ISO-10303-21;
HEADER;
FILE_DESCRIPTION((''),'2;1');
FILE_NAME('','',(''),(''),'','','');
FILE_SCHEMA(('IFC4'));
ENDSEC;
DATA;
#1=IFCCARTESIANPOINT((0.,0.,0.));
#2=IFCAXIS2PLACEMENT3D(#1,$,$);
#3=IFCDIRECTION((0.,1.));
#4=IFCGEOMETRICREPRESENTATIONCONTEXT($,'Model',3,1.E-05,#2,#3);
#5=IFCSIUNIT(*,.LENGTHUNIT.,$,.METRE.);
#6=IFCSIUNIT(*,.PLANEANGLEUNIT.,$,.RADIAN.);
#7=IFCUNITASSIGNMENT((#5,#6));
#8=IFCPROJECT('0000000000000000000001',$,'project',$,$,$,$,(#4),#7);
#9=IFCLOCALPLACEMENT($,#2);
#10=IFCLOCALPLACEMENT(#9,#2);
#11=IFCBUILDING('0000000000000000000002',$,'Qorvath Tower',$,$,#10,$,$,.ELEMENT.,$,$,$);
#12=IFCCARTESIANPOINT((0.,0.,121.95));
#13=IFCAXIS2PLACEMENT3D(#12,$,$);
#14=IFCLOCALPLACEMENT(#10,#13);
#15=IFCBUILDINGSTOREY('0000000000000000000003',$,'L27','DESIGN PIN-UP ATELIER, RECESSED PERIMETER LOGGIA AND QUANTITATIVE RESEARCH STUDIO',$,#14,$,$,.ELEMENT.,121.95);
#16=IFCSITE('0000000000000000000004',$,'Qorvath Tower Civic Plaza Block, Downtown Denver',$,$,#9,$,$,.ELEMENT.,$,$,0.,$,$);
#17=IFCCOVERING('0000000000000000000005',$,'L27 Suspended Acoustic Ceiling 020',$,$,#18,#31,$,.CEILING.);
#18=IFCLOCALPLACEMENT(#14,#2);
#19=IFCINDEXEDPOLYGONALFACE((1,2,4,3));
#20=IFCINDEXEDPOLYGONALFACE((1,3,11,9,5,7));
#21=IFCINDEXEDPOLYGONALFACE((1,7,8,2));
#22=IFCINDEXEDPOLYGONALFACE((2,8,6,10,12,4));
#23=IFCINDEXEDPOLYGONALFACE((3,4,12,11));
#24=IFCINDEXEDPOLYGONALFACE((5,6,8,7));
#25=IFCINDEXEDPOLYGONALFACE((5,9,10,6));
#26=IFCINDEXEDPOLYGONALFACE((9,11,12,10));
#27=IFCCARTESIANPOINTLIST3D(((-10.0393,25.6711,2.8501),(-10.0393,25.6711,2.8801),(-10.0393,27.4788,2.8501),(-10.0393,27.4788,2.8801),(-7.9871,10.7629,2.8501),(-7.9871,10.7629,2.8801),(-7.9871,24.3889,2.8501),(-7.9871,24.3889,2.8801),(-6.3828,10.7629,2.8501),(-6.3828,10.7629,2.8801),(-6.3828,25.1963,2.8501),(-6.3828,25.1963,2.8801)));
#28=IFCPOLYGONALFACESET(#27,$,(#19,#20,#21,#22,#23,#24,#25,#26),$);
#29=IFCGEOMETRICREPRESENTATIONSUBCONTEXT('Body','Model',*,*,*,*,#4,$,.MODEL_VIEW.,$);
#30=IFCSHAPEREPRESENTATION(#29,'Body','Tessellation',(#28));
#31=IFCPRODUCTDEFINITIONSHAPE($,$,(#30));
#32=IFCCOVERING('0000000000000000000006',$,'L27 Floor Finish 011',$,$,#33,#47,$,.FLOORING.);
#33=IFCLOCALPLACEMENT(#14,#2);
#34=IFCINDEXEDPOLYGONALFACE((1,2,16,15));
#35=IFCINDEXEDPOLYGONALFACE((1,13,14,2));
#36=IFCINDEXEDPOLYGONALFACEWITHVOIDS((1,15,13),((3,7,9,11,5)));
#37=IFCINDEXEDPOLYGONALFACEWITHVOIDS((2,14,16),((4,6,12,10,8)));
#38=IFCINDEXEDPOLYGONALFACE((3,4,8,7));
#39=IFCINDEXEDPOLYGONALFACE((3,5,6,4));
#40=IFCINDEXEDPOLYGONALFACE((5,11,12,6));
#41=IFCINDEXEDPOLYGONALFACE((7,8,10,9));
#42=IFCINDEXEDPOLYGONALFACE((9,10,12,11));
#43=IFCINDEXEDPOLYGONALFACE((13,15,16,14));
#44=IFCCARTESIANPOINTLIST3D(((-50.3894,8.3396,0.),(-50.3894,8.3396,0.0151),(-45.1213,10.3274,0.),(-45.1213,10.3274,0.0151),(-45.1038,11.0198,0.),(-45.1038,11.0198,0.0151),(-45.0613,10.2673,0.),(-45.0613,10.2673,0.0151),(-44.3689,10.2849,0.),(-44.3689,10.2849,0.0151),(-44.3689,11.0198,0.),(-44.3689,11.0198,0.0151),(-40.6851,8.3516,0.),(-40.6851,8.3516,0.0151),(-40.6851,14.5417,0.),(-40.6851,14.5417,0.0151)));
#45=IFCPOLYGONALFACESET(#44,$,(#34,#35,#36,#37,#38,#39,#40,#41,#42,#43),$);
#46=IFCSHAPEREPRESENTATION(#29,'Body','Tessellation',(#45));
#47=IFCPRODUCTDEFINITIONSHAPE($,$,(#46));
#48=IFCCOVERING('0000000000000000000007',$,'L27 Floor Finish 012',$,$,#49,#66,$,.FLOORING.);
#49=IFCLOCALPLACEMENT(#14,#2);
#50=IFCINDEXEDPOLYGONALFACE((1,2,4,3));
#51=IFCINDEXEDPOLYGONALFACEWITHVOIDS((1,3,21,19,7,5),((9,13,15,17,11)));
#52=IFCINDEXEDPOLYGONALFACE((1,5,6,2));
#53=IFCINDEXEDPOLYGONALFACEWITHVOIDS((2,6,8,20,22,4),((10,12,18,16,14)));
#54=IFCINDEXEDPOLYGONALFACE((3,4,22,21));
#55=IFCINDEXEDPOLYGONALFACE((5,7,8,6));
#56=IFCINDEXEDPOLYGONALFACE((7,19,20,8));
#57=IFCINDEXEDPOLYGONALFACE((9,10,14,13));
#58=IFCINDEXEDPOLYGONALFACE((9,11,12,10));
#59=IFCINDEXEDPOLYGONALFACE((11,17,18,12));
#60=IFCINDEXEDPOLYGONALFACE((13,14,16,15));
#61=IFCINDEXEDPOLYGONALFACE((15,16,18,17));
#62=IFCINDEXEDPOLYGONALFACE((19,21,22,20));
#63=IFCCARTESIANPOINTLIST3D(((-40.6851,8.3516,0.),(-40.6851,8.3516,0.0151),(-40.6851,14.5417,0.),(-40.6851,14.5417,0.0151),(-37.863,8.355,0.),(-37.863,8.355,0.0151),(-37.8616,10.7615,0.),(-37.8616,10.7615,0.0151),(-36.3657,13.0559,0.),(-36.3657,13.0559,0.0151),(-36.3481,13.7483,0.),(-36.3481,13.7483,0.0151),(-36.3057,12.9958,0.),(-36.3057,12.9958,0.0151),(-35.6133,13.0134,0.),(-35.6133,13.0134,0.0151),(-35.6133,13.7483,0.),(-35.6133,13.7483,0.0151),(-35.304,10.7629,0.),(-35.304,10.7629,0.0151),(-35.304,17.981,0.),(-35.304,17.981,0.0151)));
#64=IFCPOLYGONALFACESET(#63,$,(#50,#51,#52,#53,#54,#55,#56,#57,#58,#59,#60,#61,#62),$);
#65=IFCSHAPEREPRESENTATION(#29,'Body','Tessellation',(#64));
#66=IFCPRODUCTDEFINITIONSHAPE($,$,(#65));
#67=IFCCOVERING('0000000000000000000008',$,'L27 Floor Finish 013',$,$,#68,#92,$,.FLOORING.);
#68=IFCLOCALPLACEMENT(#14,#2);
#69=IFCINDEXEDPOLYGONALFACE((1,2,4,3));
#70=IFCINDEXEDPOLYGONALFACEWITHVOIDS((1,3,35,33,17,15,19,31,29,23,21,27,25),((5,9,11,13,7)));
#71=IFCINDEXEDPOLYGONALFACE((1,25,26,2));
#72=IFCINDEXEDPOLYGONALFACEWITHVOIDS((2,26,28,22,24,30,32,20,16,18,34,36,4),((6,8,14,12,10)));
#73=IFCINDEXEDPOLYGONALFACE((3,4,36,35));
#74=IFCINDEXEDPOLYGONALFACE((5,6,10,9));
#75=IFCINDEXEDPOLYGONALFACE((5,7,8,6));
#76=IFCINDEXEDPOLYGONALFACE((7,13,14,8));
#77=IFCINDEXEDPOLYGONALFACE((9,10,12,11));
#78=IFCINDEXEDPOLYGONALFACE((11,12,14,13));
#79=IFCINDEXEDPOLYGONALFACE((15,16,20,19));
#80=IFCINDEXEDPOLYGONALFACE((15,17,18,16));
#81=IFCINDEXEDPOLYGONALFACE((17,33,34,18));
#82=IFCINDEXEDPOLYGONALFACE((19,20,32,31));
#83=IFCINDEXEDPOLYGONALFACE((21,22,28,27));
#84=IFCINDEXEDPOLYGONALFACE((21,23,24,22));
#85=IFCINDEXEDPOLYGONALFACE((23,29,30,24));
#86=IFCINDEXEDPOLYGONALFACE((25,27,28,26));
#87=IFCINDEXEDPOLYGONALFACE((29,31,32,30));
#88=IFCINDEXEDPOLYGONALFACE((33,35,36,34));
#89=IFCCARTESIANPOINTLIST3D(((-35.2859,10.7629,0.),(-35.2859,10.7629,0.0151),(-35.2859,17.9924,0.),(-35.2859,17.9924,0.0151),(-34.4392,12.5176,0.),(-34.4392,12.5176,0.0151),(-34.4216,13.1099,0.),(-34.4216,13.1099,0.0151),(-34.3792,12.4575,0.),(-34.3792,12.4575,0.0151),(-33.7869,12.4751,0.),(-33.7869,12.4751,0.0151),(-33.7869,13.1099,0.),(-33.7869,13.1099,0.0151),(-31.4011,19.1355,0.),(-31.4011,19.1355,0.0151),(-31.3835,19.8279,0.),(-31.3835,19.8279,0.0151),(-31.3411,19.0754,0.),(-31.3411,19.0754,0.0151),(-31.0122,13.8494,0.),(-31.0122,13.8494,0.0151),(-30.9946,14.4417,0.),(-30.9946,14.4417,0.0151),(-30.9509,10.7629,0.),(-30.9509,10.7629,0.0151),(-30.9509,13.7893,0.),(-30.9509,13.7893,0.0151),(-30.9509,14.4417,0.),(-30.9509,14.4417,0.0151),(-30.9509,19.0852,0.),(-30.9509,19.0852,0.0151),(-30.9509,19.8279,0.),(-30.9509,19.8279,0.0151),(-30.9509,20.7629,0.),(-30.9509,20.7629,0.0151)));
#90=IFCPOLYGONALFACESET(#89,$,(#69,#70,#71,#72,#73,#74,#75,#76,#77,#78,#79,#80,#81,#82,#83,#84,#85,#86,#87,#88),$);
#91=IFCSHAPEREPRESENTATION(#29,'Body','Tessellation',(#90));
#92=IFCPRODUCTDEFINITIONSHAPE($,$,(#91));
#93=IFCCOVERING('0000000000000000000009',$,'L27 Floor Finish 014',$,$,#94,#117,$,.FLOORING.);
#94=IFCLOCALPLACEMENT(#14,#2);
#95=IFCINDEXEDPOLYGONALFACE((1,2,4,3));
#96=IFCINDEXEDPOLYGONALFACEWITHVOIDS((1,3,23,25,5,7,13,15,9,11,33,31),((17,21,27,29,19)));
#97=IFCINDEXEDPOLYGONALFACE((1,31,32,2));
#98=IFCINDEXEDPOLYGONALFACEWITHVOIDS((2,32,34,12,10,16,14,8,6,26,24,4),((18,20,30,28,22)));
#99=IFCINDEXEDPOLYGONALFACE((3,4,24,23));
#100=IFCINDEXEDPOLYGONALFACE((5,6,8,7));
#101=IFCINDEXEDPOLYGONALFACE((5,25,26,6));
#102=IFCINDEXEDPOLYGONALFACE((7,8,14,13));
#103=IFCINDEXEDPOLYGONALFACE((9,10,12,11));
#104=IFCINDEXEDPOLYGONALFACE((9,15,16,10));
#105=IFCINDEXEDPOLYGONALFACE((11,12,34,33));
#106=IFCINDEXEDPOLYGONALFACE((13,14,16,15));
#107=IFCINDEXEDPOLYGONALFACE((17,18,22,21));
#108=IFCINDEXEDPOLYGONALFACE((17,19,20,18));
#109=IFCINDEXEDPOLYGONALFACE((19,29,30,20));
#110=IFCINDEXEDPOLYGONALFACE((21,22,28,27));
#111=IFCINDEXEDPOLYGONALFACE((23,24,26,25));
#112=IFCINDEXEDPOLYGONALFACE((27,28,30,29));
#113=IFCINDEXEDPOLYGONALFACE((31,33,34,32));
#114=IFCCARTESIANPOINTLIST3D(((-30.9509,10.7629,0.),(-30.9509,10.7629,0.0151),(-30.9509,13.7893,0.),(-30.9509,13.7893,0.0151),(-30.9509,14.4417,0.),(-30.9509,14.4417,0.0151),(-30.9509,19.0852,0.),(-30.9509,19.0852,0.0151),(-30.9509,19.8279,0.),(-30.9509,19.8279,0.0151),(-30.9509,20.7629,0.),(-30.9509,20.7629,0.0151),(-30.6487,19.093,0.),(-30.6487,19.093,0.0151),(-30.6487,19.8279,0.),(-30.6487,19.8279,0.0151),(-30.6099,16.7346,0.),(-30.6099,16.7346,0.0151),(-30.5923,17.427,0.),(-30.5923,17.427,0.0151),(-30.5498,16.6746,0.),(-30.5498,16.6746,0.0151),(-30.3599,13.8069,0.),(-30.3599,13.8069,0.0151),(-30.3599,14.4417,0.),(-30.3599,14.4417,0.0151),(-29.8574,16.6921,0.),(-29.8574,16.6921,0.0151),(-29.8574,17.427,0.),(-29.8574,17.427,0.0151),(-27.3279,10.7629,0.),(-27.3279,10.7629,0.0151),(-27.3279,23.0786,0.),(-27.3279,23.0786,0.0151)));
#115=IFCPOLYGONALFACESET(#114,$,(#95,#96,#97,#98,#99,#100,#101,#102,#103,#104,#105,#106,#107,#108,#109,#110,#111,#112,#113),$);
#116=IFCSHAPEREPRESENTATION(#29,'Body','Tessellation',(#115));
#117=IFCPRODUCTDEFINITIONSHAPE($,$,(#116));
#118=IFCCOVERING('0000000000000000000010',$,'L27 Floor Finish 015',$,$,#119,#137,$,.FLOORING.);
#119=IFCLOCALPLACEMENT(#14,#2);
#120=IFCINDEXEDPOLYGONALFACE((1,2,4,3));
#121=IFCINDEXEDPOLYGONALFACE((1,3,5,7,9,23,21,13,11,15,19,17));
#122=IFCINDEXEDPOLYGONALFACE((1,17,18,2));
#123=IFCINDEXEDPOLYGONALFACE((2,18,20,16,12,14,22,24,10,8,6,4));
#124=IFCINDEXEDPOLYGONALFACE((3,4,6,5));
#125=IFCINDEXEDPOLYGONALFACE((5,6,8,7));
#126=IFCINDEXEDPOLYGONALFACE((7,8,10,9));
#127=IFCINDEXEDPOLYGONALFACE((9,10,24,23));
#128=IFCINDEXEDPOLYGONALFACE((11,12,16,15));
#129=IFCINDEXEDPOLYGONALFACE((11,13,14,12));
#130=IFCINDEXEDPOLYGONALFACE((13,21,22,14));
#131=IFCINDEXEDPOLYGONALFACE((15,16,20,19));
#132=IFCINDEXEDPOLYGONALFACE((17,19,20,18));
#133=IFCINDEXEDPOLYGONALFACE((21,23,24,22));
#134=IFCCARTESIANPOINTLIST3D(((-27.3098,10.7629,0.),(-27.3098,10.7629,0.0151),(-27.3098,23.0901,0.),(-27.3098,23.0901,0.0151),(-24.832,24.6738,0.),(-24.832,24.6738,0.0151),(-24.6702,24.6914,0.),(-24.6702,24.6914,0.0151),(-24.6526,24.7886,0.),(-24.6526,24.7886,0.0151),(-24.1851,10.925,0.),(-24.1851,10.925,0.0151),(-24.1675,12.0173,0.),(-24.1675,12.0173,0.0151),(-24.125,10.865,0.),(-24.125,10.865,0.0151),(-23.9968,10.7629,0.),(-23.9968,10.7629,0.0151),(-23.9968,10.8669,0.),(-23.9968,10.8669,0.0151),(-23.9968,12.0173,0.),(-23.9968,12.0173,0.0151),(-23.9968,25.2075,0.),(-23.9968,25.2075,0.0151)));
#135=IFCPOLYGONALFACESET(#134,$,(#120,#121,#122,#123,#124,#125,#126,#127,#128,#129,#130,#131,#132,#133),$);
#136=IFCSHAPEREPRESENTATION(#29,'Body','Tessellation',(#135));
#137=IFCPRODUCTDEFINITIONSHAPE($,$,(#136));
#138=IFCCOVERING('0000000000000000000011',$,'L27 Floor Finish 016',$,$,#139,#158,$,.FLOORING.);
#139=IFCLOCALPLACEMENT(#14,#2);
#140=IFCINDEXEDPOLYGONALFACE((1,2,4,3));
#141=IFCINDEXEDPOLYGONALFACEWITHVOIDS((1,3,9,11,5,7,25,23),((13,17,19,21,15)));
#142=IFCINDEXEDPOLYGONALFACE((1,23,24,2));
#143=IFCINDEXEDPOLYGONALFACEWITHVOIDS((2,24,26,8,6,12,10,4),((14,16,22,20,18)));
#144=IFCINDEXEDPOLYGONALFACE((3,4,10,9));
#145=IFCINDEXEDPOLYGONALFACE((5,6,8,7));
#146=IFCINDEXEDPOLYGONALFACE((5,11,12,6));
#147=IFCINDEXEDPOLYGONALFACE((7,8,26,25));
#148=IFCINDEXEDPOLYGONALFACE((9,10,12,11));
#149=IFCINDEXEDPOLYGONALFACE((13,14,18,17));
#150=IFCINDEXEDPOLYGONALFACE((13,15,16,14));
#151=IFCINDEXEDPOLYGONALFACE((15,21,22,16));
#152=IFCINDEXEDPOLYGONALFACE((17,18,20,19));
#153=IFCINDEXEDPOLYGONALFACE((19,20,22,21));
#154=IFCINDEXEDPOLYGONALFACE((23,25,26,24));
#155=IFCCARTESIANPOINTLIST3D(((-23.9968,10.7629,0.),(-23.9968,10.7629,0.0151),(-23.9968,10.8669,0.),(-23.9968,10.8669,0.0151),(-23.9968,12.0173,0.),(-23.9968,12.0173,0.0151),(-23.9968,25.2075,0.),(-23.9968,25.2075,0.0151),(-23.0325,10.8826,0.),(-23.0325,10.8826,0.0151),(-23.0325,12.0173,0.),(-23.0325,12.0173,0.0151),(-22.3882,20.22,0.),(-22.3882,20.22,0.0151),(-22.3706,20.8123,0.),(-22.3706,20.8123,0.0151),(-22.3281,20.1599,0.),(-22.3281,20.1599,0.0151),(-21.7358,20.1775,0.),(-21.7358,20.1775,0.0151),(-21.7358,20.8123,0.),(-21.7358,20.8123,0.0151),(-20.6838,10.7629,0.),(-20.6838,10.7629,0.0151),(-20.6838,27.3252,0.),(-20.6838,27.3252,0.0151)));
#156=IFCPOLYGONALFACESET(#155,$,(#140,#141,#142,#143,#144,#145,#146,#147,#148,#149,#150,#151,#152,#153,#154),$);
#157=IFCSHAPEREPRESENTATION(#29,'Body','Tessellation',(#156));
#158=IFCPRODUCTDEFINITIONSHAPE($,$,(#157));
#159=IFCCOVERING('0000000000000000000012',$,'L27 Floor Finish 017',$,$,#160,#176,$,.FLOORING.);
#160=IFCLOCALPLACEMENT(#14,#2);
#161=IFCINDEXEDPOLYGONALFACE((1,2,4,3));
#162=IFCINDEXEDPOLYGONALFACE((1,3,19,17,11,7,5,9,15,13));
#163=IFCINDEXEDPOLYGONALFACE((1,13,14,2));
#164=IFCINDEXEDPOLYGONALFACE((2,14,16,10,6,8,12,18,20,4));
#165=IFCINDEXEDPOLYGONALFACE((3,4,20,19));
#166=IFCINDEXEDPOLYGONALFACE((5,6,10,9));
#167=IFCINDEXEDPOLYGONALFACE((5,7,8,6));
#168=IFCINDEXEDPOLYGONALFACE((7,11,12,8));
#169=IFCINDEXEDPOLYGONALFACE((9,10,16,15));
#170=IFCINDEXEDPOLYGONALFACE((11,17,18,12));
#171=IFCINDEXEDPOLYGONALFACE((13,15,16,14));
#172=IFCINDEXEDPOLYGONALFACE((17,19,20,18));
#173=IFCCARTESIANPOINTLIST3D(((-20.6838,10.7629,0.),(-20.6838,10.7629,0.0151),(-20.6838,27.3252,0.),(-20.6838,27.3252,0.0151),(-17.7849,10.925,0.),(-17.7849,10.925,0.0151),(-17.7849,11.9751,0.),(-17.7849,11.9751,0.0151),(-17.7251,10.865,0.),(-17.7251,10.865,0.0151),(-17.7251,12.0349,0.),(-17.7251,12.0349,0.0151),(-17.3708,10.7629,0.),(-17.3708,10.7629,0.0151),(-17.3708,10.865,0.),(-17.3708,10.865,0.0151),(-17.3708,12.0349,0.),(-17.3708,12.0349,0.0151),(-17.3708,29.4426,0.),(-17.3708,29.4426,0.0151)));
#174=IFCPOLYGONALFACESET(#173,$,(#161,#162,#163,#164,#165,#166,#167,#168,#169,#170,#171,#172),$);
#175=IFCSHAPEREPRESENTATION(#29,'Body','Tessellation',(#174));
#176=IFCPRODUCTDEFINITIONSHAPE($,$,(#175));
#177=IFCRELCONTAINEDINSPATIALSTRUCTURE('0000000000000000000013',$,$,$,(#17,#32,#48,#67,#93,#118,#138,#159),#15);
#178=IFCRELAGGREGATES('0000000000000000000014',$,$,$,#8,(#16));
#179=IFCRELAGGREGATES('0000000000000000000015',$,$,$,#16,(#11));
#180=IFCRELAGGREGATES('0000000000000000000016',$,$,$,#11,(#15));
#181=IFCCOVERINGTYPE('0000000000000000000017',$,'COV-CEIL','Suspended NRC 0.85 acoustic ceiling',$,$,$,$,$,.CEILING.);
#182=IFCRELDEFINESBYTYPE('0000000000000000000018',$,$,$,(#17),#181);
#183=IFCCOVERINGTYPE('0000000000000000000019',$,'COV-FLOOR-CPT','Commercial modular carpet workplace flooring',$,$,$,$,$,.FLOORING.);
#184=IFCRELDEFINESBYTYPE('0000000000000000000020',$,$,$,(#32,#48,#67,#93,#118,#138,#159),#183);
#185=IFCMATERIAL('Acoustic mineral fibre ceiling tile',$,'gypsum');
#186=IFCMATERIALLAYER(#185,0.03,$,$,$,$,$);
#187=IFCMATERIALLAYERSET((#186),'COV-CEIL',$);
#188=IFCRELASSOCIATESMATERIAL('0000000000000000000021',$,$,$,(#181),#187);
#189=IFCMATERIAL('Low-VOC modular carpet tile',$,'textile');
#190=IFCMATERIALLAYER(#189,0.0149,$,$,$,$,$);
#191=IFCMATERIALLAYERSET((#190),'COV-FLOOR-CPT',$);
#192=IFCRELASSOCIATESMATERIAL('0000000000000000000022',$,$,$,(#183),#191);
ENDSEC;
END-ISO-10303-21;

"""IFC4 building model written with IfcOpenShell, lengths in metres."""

from ifc_helpers import new_model, si_unit, direction, frame, origin, place, context, subcontext, project, spatial, polyline, outline, extrude, material, layer, layer_set, type_object, element, save


model = new_model("IFC4")

# Units and contexts
model_context = context("Model", 3, precision=1e-05, world=origin(), true_north=direction((0.0, 1.0)))
body_context = subcontext(model_context, "Body", "Model", "MODEL_VIEW")
ifc_project = project(units=[si_unit("LENGTHUNIT", "METRE"), si_unit("PLANEANGLEUNIT", "RADIAN")], contexts=[model_context])

# Site, building, storey
site_placement = place(None, origin())
site = spatial("IfcSite", under=ifc_project, at=site_placement, Name="Qorvath Tower Civic Plaza Block, Downtown Denver", CompositionType="ELEMENT", RefElevation=0.0)
building_placement = place(site_placement, origin())
building = spatial("IfcBuilding", under=site, at=building_placement, Name="Qorvath Tower", CompositionType="ELEMENT")
storey_placement = place(building_placement, frame((0.0, 0.0, 121.95)))
storey = spatial("IfcBuildingStorey", under=building, at=storey_placement, Name="L27", Description="DESIGN PIN-UP ATELIER, RECESSED PERIMETER LOGGIA AND QUANTITATIVE RESEARCH STUDIO", CompositionType="ELEMENT", Elevation=121.95)

# Coverings
ifc_material_1 = material(Name="Acoustic mineral fibre ceiling tile", Category="gypsum")
ifc_layer_1 = layer(ifc_material_1, 0.03)
ifc_layer_set_1 = layer_set([ifc_layer_1], Name="COV-CEIL")
covering_type_1 = type_object("IfcCoveringType", Name="COV-CEIL", Description="Suspended NRC 0.85 acoustic ceiling", PredefinedType="CEILING", material=ifc_layer_set_1)
covering_1_placement = place(storey_placement, frame((0.0, 0.0, 2.8501)))
element("IfcCovering", 1, at=covering_1_placement, inside=storey, type_object=covering_type_1, Name="L27 Suspended Acoustic Ceiling 020", PredefinedType="CEILING", context=body_context, shape_type="SweptSolid", body=[
    extrude(outline(polyline([(-6.3828, 10.7629), (-6.3828, 25.1963), (-10.0393, 27.4788), (-10.0393, 25.6711), (-7.9871, 24.3889), (-7.9871, 10.7629), (-6.3828, 10.7629)])), origin(), (0.0, 0.0, 1.0), 0.03),
])
ifc_material_2 = material(Name="Low-VOC modular carpet tile", Category="textile")
ifc_layer_2 = layer(ifc_material_2, 0.0149)
ifc_layer_set_2 = layer_set([ifc_layer_2], Name="COV-FLOOR-CPT")
covering_type_2 = type_object("IfcCoveringType", Name="COV-FLOOR-CPT", Description="Commercial modular carpet workplace flooring", PredefinedType="FLOORING", material=ifc_layer_set_2)
covering_2_placement = place(storey_placement, origin())
element("IfcCovering", 2, at=covering_2_placement, inside=storey, type_object=covering_type_2, Name="L27 Floor Finish 011", PredefinedType="FLOORING", context=body_context, shape_type="SweptSolid", body=[
    extrude(outline(polyline([(-40.6851, 8.3516), (-40.6851, 14.5417), (-50.3894, 8.3396), (-40.6851, 8.3516)]), holes=[polyline([(-45.1213, 10.3274), (-45.1038, 11.0198), (-44.3689, 11.0198), (-44.3689, 10.2849), (-45.0613, 10.2673), (-45.1213, 10.3274)])]), origin(), (0.0, 0.0, 1.0), 0.0151),
])
covering_3_placement = place(storey_placement, origin())
element("IfcCovering", 3, at=covering_3_placement, inside=storey, type_object=covering_type_2, Name="L27 Floor Finish 012", PredefinedType="FLOORING", context=body_context, shape_type="SweptSolid", body=[
    extrude(outline(polyline([(-35.304, 17.981), (-40.6851, 14.5417), (-40.6851, 8.3516), (-37.863, 8.355), (-37.8616, 10.7615), (-35.304, 10.7629), (-35.304, 17.981)]), holes=[polyline([(-36.3657, 13.0559), (-36.3481, 13.7483), (-35.6133, 13.7483), (-35.6133, 13.0134), (-36.3057, 12.9958), (-36.3657, 13.0559)])]), origin(), (0.0, 0.0, 1.0), 0.0151),
])
covering_4_placement = place(storey_placement, origin())
element("IfcCovering", 4, at=covering_4_placement, inside=storey, type_object=covering_type_2, Name="L27 Floor Finish 013", PredefinedType="FLOORING", context=body_context, shape_type="SweptSolid", body=[
    extrude(outline(polyline([(-35.2859, 10.7629), (-30.9509, 10.7629), (-30.9509, 13.7893), (-31.0122, 13.8494), (-30.9946, 14.4417), (-30.9509, 14.4417), (-30.9509, 19.0852), (-31.3411, 19.0754), (-31.4011, 19.1355), (-31.3835, 19.8279), (-30.9509, 19.8279), (-30.9509, 20.7629), (-35.2859, 17.9924), (-35.2859, 10.7629)]), holes=[polyline([(-34.4392, 12.5176), (-34.4216, 13.1099), (-33.7869, 13.1099), (-33.7869, 12.4751), (-34.3792, 12.4575), (-34.4392, 12.5176)])]), origin(), (0.0, 0.0, 1.0), 0.0151),
])
covering_5_placement = place(storey_placement, origin())
element("IfcCovering", 5, at=covering_5_placement, inside=storey, type_object=covering_type_2, Name="L27 Floor Finish 014", PredefinedType="FLOORING", context=body_context, shape_type="SweptSolid", body=[
    extrude(outline(polyline([(-30.9509, 20.7629), (-30.9509, 19.8279), (-30.6487, 19.8279), (-30.6487, 19.093), (-30.9509, 19.0852), (-30.9509, 14.4417), (-30.3599, 14.4417), (-30.3599, 13.8069), (-30.9509, 13.7893), (-30.9509, 10.7629), (-27.3279, 10.7629), (-27.3279, 23.0786), (-30.9509, 20.7629)]), holes=[polyline([(-30.6099, 16.7346), (-30.5923, 17.427), (-29.8574, 17.427), (-29.8574, 16.6921), (-30.5498, 16.6746), (-30.6099, 16.7346)])]), origin(), (0.0, 0.0, 1.0), 0.0151),
])
covering_6_placement = place(storey_placement, origin())
element("IfcCovering", 6, at=covering_6_placement, inside=storey, type_object=covering_type_2, Name="L27 Floor Finish 015", PredefinedType="FLOORING", context=body_context, shape_type="SweptSolid", body=[
    extrude(outline(polyline([(-23.9968, 10.7629), (-23.9968, 10.8669), (-24.125, 10.865), (-24.1851, 10.925), (-24.1675, 12.0173), (-23.9968, 12.0173), (-23.9968, 25.2075), (-24.6526, 24.7886), (-24.6702, 24.6914), (-24.832, 24.6738), (-27.3098, 23.0901), (-27.3098, 10.7629), (-23.9968, 10.7629)])), origin(), (0.0, 0.0, 1.0), 0.0151),
])
covering_7_placement = place(storey_placement, origin())
element("IfcCovering", 7, at=covering_7_placement, inside=storey, type_object=covering_type_2, Name="L27 Floor Finish 016", PredefinedType="FLOORING", context=body_context, shape_type="SweptSolid", body=[
    extrude(outline(polyline([(-20.6838, 10.7629), (-20.6838, 27.3252), (-23.9968, 25.2075), (-23.9968, 12.0173), (-23.0325, 12.0173), (-23.0325, 10.8826), (-23.9968, 10.8669), (-23.9968, 10.7629), (-20.6838, 10.7629)]), holes=[polyline([(-22.3882, 20.22), (-22.3706, 20.8123), (-21.7358, 20.8123), (-21.7358, 20.1775), (-22.3281, 20.1599), (-22.3882, 20.22)])]), origin(), (0.0, 0.0, 1.0), 0.0151),
])
covering_8_placement = place(storey_placement, origin())
element("IfcCovering", 8, at=covering_8_placement, inside=storey, type_object=covering_type_2, Name="L27 Floor Finish 017", PredefinedType="FLOORING", context=body_context, shape_type="SweptSolid", body=[
    extrude(outline(polyline([(-17.3708, 12.0349), (-17.3708, 29.4426), (-20.6838, 27.3252), (-20.6838, 10.7629), (-17.3708, 10.7629), (-17.3708, 10.865), (-17.7251, 10.865), (-17.7849, 10.925), (-17.7849, 11.9751), (-17.7251, 12.0349), (-17.3708, 12.0349)])), origin(), (0.0, 0.0, 1.0), 0.0151),
])

save(model, "model.ifc")
